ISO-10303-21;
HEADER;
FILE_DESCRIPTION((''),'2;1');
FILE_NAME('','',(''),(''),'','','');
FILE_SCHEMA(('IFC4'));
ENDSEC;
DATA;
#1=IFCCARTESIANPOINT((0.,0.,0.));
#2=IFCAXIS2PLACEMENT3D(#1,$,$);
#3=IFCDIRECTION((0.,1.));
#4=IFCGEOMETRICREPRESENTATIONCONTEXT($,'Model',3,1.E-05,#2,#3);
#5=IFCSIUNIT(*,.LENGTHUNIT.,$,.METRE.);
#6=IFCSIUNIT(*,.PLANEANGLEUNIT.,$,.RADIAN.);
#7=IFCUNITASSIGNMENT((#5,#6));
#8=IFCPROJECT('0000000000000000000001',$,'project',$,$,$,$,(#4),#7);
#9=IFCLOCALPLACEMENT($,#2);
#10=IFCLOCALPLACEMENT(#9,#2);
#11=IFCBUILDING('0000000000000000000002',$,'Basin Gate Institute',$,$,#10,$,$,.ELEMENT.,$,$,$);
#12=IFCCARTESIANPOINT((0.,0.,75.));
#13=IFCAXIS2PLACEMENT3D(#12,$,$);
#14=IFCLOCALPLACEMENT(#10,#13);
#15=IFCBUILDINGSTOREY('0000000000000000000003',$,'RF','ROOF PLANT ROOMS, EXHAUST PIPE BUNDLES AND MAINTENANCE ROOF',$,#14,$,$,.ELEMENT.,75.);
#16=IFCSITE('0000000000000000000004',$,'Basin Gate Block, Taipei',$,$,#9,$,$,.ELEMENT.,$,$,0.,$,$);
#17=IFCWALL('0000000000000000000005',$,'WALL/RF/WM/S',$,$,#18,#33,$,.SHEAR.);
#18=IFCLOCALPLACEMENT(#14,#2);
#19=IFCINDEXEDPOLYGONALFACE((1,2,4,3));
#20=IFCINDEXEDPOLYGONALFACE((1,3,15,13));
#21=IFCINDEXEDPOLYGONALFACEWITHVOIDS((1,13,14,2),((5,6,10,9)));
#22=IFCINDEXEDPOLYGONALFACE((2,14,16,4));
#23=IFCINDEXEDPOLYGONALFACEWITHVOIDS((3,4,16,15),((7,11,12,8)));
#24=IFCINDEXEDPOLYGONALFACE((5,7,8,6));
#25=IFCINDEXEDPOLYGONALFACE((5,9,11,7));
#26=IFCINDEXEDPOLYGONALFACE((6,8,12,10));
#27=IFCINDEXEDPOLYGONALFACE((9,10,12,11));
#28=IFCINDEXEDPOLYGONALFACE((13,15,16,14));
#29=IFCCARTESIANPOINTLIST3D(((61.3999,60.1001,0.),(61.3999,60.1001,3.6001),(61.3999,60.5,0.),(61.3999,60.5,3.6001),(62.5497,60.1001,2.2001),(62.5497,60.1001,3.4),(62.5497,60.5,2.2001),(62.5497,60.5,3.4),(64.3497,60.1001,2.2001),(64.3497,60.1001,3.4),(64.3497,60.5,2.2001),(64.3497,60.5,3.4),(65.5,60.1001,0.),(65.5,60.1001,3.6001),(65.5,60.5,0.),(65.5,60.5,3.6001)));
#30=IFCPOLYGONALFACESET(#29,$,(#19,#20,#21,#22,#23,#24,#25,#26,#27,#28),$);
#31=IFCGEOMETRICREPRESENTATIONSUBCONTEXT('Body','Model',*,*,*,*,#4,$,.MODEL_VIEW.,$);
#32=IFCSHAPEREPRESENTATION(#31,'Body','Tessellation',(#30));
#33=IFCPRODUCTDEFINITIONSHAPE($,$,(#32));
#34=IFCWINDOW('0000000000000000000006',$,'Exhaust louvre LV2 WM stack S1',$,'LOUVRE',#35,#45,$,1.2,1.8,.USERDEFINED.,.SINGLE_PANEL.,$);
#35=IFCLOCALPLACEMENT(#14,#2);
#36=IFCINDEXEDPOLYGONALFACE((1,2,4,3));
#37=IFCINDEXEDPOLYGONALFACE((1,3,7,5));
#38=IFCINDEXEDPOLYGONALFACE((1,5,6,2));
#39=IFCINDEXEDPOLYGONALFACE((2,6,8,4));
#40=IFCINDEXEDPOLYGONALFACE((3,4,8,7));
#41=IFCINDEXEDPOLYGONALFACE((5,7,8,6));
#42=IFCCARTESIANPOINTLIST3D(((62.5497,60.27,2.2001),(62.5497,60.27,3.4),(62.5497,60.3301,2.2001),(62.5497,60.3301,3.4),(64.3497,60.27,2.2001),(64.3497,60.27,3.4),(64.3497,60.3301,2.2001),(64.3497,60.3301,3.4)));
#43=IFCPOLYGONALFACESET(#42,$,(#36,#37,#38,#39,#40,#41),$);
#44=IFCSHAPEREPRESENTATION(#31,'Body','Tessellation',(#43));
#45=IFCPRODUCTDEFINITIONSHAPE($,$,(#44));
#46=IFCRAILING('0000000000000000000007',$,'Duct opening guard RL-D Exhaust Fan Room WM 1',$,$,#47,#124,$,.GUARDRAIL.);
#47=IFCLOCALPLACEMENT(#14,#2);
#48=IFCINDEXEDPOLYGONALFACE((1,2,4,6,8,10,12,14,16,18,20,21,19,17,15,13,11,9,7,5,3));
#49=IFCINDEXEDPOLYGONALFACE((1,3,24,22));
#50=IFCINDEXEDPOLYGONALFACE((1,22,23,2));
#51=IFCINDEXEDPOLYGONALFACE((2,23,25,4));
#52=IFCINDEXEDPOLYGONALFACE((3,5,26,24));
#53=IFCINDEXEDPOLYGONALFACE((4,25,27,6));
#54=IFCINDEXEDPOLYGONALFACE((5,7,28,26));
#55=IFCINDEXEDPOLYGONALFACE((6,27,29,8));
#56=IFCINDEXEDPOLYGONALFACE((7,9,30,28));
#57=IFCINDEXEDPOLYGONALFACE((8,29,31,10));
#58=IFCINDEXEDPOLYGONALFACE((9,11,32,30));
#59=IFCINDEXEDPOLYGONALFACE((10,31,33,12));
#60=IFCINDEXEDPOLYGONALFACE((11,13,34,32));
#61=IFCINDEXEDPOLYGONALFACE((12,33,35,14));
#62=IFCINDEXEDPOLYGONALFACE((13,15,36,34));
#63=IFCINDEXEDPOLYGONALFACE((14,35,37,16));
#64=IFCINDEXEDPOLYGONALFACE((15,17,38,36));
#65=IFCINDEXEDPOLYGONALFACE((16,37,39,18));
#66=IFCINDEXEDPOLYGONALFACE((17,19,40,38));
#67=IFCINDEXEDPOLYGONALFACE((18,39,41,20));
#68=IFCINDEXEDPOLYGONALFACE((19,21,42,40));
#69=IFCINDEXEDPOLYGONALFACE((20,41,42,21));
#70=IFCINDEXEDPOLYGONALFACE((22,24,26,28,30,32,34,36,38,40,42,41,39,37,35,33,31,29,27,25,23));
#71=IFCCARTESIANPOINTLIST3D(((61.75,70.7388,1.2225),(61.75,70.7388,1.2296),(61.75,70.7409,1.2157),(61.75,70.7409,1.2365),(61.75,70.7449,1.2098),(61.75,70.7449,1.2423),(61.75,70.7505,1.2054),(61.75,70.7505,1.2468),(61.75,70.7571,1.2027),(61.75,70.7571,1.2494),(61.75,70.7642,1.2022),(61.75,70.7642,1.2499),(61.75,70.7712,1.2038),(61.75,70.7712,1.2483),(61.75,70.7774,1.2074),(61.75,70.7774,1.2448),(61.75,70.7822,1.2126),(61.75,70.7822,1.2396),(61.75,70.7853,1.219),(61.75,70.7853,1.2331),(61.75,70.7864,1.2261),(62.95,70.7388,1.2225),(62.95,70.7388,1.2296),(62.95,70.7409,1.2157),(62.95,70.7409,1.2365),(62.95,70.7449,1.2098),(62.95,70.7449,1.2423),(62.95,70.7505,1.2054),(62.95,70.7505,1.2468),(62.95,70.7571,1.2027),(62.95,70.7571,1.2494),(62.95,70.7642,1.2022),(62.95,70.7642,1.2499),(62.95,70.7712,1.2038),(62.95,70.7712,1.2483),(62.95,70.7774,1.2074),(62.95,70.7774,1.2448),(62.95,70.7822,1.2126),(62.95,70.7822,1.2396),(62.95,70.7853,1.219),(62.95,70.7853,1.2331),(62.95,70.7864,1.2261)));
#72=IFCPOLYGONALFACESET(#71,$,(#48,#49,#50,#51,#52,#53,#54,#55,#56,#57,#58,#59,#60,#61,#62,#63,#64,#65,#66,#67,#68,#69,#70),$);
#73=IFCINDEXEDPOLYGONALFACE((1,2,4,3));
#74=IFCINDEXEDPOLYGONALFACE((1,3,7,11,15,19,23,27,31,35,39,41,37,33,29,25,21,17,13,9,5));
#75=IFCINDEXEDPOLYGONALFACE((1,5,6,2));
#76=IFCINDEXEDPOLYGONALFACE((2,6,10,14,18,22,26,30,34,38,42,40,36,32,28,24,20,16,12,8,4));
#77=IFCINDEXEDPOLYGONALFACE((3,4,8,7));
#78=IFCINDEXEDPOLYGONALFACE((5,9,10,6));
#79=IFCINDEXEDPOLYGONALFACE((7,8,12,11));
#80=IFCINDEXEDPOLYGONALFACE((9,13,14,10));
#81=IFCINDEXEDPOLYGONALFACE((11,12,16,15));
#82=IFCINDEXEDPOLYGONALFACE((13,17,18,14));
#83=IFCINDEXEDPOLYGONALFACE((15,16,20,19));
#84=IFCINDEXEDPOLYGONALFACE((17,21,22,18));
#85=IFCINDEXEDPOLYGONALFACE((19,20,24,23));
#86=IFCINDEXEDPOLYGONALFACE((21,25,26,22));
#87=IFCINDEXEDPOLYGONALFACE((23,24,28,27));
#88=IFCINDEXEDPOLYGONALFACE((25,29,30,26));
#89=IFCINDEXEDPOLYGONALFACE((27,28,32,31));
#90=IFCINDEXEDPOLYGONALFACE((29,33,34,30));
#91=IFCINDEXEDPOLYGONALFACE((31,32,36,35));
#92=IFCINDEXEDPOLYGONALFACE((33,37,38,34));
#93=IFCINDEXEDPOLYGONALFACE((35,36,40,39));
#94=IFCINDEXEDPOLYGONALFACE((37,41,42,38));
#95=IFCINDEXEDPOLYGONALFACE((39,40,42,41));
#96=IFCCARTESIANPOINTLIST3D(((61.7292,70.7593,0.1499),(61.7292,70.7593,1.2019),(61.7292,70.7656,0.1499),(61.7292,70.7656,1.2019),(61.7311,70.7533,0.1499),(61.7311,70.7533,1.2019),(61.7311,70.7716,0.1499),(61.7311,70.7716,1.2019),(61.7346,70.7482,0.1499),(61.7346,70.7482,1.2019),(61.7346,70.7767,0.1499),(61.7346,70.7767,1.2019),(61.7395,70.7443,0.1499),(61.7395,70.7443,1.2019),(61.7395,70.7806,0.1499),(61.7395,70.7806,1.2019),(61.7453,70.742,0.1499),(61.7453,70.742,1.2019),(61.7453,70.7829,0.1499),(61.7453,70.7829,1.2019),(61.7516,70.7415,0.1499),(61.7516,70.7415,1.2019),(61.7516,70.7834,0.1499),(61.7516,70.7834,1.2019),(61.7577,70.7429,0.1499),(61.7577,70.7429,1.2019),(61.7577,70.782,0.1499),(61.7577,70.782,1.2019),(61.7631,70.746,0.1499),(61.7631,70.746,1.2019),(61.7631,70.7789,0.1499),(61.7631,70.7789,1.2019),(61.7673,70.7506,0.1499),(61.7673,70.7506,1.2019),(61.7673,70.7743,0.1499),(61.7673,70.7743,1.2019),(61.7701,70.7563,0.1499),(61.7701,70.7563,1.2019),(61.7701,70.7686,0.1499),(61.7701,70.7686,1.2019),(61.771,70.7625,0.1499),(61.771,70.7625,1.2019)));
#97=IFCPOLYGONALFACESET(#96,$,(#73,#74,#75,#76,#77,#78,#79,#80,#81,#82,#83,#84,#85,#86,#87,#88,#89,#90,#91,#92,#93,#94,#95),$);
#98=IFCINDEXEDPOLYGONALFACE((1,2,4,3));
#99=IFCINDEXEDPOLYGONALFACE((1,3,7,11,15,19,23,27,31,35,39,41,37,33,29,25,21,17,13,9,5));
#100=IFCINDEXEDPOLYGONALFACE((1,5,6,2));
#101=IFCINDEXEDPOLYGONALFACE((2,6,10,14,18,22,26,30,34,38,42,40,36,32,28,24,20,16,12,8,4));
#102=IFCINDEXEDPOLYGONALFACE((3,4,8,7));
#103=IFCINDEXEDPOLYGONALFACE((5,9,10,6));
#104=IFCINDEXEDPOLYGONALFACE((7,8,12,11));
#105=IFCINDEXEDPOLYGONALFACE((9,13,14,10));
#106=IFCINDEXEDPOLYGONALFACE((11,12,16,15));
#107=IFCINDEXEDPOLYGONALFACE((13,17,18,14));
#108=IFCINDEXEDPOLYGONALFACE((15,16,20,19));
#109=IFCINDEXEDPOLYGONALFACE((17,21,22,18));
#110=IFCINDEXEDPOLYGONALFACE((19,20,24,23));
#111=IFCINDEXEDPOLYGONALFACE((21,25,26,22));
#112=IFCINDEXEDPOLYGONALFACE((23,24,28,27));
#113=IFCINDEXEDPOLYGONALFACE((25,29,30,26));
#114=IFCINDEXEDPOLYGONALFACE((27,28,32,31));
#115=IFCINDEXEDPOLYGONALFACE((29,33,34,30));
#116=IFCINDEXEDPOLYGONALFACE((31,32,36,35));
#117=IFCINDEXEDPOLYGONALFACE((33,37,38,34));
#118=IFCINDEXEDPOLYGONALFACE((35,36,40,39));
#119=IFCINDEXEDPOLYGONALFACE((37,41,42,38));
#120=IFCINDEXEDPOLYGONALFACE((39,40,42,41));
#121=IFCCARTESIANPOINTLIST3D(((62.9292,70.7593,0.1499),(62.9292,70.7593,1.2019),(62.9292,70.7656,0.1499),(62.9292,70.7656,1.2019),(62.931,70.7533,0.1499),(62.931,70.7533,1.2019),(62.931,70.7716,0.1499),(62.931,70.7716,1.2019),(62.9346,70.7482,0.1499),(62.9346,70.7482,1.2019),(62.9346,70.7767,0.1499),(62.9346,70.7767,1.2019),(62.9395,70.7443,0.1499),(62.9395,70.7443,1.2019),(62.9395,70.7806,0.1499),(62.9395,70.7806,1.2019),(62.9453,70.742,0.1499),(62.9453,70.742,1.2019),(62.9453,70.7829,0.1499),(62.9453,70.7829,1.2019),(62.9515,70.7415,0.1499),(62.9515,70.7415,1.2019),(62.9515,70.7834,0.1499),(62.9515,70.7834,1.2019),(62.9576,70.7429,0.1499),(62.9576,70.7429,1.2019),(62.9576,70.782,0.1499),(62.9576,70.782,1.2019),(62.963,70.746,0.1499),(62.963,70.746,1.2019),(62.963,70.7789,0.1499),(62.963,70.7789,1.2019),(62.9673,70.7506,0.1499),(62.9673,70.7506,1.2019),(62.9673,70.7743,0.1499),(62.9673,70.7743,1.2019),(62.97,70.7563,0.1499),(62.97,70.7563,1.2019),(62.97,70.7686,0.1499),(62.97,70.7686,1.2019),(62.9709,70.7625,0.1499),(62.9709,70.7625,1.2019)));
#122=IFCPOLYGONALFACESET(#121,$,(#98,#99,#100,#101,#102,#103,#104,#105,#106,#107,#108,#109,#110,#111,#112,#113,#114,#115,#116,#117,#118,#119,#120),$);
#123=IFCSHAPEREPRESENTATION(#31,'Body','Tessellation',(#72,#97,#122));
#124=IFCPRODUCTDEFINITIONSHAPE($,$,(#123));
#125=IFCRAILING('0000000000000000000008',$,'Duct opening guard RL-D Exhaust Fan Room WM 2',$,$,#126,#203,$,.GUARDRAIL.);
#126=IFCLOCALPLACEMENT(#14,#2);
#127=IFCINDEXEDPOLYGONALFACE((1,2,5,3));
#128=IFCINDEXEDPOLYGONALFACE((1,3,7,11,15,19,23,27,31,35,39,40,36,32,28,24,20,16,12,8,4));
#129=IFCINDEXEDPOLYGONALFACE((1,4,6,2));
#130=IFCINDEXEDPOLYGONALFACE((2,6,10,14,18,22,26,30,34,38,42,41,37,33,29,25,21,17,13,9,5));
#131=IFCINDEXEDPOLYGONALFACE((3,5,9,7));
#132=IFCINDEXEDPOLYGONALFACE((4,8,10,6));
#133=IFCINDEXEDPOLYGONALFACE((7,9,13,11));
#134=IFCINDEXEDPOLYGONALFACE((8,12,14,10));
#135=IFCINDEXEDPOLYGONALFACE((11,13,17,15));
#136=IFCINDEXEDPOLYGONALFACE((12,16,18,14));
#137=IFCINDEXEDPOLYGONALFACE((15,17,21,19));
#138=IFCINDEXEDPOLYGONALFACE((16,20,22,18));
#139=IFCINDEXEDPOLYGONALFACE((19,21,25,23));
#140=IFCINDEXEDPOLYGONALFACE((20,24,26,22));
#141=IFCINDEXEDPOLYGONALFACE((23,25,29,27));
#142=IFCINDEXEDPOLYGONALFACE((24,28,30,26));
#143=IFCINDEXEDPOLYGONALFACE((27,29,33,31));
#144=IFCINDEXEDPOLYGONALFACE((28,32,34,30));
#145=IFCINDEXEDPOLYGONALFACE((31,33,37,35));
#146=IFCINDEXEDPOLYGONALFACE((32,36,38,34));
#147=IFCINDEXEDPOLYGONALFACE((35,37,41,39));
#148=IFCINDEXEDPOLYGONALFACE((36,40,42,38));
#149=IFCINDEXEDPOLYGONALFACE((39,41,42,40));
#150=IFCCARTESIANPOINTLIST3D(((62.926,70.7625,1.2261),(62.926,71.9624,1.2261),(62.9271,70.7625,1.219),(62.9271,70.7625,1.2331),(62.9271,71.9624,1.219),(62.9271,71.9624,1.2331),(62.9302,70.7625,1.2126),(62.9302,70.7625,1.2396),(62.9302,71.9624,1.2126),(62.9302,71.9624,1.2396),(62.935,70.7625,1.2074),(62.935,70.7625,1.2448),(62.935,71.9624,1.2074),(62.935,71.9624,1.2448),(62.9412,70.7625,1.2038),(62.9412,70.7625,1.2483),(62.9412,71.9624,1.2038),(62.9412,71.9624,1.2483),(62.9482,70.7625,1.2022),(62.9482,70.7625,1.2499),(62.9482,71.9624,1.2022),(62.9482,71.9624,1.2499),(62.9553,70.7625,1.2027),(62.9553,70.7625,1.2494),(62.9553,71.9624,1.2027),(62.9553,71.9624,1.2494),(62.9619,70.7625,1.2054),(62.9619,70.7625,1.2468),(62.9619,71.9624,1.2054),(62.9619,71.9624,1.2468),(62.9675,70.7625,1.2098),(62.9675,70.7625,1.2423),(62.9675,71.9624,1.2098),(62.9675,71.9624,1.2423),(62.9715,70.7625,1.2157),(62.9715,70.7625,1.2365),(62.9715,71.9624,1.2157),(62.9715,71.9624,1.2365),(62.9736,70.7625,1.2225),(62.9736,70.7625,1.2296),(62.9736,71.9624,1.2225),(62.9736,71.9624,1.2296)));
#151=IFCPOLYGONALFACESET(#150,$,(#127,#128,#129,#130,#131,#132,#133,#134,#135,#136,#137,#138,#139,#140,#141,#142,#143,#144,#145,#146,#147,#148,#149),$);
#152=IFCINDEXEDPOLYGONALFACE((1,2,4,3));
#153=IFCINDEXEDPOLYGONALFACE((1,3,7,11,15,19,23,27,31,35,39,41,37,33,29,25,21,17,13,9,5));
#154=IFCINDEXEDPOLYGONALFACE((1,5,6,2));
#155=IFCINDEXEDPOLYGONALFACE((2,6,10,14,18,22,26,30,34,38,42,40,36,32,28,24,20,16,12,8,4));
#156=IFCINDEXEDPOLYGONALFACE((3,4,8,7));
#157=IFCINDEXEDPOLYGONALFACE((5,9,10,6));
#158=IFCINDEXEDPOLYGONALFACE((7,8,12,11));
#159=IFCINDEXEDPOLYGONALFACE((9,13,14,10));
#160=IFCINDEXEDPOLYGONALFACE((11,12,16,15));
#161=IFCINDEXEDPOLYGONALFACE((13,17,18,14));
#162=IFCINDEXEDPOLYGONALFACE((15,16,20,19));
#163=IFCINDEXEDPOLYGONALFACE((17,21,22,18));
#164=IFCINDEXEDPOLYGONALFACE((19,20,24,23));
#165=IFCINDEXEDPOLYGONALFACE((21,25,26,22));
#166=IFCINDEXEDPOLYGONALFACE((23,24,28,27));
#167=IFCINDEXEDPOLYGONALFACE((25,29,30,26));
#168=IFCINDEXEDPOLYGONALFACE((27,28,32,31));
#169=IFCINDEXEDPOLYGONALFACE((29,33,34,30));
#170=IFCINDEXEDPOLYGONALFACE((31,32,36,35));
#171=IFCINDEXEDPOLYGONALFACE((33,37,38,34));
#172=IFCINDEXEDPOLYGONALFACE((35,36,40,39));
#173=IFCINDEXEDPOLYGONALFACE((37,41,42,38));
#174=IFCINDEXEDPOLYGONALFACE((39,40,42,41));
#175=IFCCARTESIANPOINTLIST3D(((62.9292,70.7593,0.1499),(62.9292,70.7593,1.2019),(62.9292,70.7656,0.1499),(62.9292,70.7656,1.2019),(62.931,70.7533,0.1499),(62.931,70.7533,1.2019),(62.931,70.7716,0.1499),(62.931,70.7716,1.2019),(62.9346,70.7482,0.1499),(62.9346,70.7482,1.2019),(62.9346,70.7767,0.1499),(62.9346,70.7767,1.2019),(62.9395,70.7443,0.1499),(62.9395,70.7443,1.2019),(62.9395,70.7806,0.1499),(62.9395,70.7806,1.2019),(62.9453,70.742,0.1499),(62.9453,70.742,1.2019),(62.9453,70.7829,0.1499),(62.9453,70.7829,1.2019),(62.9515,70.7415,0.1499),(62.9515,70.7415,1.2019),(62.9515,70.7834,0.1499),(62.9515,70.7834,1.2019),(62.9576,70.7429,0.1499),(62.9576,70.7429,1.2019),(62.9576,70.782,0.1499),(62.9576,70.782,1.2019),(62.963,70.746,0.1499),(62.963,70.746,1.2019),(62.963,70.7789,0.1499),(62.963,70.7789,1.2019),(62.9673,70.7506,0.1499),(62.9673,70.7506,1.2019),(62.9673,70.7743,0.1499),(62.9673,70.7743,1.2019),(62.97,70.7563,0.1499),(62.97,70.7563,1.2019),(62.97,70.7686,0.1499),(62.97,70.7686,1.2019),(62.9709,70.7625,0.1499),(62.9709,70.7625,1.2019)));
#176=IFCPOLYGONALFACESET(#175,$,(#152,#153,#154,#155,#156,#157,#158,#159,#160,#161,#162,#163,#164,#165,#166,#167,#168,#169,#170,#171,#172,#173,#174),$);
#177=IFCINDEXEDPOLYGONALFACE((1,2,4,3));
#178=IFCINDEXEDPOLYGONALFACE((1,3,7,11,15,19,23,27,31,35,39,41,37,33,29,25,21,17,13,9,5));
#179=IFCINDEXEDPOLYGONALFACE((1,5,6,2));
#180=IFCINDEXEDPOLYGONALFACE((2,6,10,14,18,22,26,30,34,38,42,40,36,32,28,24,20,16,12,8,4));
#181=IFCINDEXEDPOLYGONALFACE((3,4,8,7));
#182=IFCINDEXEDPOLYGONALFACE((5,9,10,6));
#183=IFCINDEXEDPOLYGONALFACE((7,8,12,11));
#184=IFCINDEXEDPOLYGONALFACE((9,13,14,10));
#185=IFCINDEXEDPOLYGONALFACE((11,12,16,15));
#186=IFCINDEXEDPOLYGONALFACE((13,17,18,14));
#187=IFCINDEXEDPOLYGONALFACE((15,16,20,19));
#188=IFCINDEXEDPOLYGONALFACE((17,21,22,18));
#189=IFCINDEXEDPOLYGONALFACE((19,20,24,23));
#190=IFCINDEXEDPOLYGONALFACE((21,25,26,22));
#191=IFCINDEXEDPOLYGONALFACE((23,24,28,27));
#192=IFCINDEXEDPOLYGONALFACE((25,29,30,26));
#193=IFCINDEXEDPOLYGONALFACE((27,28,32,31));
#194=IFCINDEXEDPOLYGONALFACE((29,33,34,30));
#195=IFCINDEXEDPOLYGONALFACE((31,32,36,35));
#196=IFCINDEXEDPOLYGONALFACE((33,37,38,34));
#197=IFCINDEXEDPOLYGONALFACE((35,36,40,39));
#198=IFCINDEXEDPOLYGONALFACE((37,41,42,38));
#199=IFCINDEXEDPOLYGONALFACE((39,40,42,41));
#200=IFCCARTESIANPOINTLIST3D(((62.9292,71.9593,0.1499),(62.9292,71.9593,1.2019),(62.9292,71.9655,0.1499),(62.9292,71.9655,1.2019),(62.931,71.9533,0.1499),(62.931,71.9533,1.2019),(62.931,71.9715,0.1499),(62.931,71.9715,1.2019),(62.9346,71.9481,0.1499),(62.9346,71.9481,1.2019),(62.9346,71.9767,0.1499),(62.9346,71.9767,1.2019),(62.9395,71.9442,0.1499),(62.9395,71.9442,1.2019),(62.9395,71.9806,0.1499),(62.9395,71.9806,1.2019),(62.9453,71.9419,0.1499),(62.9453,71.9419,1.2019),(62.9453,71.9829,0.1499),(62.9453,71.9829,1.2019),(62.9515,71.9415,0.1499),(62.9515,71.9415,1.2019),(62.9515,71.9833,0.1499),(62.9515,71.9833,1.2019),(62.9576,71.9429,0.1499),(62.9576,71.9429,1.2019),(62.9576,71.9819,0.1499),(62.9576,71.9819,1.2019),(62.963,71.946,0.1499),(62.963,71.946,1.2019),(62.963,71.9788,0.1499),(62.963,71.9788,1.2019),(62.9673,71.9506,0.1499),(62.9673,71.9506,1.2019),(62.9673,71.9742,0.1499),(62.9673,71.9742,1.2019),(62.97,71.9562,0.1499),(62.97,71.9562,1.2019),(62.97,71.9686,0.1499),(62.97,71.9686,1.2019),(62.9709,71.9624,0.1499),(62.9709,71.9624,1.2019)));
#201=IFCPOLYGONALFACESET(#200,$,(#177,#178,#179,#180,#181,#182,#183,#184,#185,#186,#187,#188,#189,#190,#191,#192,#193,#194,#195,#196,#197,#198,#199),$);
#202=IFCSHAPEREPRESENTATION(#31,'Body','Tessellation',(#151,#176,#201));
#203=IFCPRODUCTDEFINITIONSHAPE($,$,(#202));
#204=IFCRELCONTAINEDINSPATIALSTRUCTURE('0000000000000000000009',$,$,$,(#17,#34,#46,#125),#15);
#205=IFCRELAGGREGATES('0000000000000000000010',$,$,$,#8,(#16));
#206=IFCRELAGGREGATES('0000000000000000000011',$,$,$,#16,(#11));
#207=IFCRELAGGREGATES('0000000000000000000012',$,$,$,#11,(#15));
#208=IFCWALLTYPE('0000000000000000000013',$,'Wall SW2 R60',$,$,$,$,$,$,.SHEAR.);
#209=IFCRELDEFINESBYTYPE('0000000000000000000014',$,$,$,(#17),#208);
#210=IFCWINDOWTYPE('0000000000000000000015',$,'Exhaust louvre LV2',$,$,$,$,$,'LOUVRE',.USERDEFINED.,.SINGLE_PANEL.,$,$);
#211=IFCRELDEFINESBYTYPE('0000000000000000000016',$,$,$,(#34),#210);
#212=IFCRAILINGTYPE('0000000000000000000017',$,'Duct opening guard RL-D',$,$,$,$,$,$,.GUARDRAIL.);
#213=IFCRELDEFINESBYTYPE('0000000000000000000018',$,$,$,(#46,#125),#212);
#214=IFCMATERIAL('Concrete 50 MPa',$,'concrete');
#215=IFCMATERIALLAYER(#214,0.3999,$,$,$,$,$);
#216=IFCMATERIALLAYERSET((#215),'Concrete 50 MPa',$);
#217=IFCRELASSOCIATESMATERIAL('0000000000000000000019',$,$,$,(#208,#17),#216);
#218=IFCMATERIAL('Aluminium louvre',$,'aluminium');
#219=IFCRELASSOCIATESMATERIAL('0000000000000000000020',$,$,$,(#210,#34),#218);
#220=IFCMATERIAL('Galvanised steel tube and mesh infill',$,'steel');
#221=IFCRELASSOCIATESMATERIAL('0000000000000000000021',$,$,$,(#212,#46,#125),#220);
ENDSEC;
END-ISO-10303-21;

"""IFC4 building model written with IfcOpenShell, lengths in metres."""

from ifc_helpers import new_model, si_unit, direction, frame, frame_2d, origin, origin_2d, place, context, subcontext, project, spatial, rectangle, circle, extrude, material, layer, layer_set, type_object, element, fill, save


model = new_model("IFC4")

# Units and contexts
model_context = context("Model", 3, precision=1e-05, world=origin(), true_north=direction((0.0, 1.0)))
body_context = subcontext(model_context, "Body", "Model", "MODEL_VIEW")
ifc_project = project(units=[si_unit("LENGTHUNIT", "METRE"), si_unit("PLANEANGLEUNIT", "RADIAN")], contexts=[model_context])

# Site, building, storey
site_placement = place(None, origin())
site = spatial("IfcSite", under=ifc_project, at=site_placement, Name="Basin Gate Block, Taipei", CompositionType="ELEMENT", RefElevation=0.0)
building_placement = place(site_placement, origin())
building = spatial("IfcBuilding", under=site, at=building_placement, Name="Basin Gate Institute", CompositionType="ELEMENT")
storey_placement = place(building_placement, frame((0.0, 0.0, 75.0)))
storey = spatial("IfcBuildingStorey", under=building, at=storey_placement, Name="RF", Description="ROOF PLANT ROOMS, EXHAUST PIPE BUNDLES AND MAINTENANCE ROOF", CompositionType="ELEMENT", Elevation=75.0)

# Shared definitions
ifc_material_1 = material(Name="Concrete 50 MPa", Category="concrete")
ifc_layer_1 = layer(ifc_material_1, 0.3999)
ifc_layer_set_1 = layer_set([ifc_layer_1], Name="Concrete 50 MPa")
wall_type_1 = type_object("IfcWallType", Name="Wall SW2 R60", PredefinedType="SHEAR", material=ifc_layer_set_1)
ifc_material_2 = material(Name="Aluminium louvre", Category="aluminium")
window_type = type_object("IfcWindowType", Name="Exhaust louvre LV2", ElementType="LOUVRE", PartitioningType="SINGLE_PANEL", PredefinedType="USERDEFINED", material=ifc_material_2)

# Wall, opening, window
wall_1_placement = place(storey_placement, frame((61.3999, 60.3, 0.0), z_axis=(0.0, 0.0, 1.0), x_axis=(1.0, 0.0, 0.0)))
wall_1 = element("IfcWall", 1, at=wall_1_placement, inside=storey, type_object=wall_type_1, material=ifc_layer_set_1, Name="WALL/RF/WM/S", PredefinedType="SHEAR", context=body_context, shape_type="SweptSolid", body=[
    extrude(rectangle(XDim=4.1001, YDim=0.3999, at=frame_2d((2.05, 0.0))), origin(), (0.0, 0.0, 1.0), 3.6001),
])
opening_1_placement = place(wall_1_placement, frame((1.1499, 0.0, 2.2)))
opening_1 = element("IfcOpeningElement", 2, at=opening_1_placement, cuts=wall_1, PredefinedType="OPENING", context=body_context, shape_type="SweptSolid", body=[
    extrude(rectangle(XDim=1.8, YDim=1.2, at=frame_2d((0.8999, 0.6001))), frame((0.0, 0.21, 0.0), z_axis=(0.0, -1.0, 0.0), x_axis=(1.0, 0.0, 0.0)), (0.0, 0.0, 1.0), 0.4199),
])
window_1_placement = place(opening_1_placement, origin())
window_1 = element("IfcWindow", 3, at=window_1_placement, inside=storey, type_object=window_type, material=ifc_material_2, Name="Exhaust louvre LV2 WM stack S1", ObjectType="LOUVRE", OverallHeight=1.2, OverallWidth=1.8, PartitioningType="SINGLE_PANEL", PredefinedType="USERDEFINED", context=body_context, shape_type="SweptSolid", body=[
    extrude(rectangle(XDim=1.8, YDim=1.2, at=frame_2d((0.8999, 0.6001))), frame((0.0, 0.03, 0.0), z_axis=(0.0, -1.0, 0.0), x_axis=(1.0, 0.0, 0.0)), (0.0, 0.0, 1.0), 0.0601),
])
fill(opening_1, window_1)

# Railings
ifc_material_3 = material(Name="Galvanised steel tube and mesh infill", Category="steel")
railing_type_1 = type_object("IfcRailingType", Name="Duct opening guard RL-D", PredefinedType="GUARDRAIL", material=ifc_material_3)
railing_1_placement = place(storey_placement, frame((61.75, 70.7625, 0.1499)))
element("IfcRailing", 4, at=railing_1_placement, inside=storey, type_object=railing_type_1, material=ifc_material_3, Name="Duct opening guard RL-D Exhaust Fan Room WM 1", PredefinedType="GUARDRAIL", context=body_context, shape_type="SweptSolid", body=[
    extrude(circle(Radius=0.0239, at=origin_2d()), frame((0.0, 0.0, 1.0762), z_axis=(1.0, 0.0, 0.0), x_axis=(0.0, 1.0, 0.0)), (0.0, 0.0, 1.0), 1.2),
    extrude(circle(Radius=0.021, at=origin_2d()), origin(), (0.0, 0.0, 1.0), 1.052),
    extrude(circle(Radius=0.021, at=origin_2d()), frame((1.2, 0.0, 0.0)), (0.0, 0.0, 1.0), 1.052),
])
railing_2_placement = place(storey_placement, frame((62.95, 70.7625, 0.1499)))
element("IfcRailing", 5, at=railing_2_placement, inside=storey, type_object=railing_type_1, material=ifc_material_3, Name="Duct opening guard RL-D Exhaust Fan Room WM 2", PredefinedType="GUARDRAIL", context=body_context, shape_type="SweptSolid", body=[
    extrude(circle(Radius=0.0239, at=origin_2d()), frame((0.0, 0.0, 1.0762), z_axis=(0.0, 1.0, 0.0), x_axis=(-1.0, 0.0, 0.0)), (0.0, 0.0, 1.0), 1.2),
    extrude(circle(Radius=0.021, at=origin_2d()), origin(), (0.0, 0.0, 1.0), 1.052),
    extrude(circle(Radius=0.021, at=origin_2d()), frame((0.0, 1.2, 0.0)), (0.0, 0.0, 1.0), 1.052),
])

save(model, "model.ifc")
